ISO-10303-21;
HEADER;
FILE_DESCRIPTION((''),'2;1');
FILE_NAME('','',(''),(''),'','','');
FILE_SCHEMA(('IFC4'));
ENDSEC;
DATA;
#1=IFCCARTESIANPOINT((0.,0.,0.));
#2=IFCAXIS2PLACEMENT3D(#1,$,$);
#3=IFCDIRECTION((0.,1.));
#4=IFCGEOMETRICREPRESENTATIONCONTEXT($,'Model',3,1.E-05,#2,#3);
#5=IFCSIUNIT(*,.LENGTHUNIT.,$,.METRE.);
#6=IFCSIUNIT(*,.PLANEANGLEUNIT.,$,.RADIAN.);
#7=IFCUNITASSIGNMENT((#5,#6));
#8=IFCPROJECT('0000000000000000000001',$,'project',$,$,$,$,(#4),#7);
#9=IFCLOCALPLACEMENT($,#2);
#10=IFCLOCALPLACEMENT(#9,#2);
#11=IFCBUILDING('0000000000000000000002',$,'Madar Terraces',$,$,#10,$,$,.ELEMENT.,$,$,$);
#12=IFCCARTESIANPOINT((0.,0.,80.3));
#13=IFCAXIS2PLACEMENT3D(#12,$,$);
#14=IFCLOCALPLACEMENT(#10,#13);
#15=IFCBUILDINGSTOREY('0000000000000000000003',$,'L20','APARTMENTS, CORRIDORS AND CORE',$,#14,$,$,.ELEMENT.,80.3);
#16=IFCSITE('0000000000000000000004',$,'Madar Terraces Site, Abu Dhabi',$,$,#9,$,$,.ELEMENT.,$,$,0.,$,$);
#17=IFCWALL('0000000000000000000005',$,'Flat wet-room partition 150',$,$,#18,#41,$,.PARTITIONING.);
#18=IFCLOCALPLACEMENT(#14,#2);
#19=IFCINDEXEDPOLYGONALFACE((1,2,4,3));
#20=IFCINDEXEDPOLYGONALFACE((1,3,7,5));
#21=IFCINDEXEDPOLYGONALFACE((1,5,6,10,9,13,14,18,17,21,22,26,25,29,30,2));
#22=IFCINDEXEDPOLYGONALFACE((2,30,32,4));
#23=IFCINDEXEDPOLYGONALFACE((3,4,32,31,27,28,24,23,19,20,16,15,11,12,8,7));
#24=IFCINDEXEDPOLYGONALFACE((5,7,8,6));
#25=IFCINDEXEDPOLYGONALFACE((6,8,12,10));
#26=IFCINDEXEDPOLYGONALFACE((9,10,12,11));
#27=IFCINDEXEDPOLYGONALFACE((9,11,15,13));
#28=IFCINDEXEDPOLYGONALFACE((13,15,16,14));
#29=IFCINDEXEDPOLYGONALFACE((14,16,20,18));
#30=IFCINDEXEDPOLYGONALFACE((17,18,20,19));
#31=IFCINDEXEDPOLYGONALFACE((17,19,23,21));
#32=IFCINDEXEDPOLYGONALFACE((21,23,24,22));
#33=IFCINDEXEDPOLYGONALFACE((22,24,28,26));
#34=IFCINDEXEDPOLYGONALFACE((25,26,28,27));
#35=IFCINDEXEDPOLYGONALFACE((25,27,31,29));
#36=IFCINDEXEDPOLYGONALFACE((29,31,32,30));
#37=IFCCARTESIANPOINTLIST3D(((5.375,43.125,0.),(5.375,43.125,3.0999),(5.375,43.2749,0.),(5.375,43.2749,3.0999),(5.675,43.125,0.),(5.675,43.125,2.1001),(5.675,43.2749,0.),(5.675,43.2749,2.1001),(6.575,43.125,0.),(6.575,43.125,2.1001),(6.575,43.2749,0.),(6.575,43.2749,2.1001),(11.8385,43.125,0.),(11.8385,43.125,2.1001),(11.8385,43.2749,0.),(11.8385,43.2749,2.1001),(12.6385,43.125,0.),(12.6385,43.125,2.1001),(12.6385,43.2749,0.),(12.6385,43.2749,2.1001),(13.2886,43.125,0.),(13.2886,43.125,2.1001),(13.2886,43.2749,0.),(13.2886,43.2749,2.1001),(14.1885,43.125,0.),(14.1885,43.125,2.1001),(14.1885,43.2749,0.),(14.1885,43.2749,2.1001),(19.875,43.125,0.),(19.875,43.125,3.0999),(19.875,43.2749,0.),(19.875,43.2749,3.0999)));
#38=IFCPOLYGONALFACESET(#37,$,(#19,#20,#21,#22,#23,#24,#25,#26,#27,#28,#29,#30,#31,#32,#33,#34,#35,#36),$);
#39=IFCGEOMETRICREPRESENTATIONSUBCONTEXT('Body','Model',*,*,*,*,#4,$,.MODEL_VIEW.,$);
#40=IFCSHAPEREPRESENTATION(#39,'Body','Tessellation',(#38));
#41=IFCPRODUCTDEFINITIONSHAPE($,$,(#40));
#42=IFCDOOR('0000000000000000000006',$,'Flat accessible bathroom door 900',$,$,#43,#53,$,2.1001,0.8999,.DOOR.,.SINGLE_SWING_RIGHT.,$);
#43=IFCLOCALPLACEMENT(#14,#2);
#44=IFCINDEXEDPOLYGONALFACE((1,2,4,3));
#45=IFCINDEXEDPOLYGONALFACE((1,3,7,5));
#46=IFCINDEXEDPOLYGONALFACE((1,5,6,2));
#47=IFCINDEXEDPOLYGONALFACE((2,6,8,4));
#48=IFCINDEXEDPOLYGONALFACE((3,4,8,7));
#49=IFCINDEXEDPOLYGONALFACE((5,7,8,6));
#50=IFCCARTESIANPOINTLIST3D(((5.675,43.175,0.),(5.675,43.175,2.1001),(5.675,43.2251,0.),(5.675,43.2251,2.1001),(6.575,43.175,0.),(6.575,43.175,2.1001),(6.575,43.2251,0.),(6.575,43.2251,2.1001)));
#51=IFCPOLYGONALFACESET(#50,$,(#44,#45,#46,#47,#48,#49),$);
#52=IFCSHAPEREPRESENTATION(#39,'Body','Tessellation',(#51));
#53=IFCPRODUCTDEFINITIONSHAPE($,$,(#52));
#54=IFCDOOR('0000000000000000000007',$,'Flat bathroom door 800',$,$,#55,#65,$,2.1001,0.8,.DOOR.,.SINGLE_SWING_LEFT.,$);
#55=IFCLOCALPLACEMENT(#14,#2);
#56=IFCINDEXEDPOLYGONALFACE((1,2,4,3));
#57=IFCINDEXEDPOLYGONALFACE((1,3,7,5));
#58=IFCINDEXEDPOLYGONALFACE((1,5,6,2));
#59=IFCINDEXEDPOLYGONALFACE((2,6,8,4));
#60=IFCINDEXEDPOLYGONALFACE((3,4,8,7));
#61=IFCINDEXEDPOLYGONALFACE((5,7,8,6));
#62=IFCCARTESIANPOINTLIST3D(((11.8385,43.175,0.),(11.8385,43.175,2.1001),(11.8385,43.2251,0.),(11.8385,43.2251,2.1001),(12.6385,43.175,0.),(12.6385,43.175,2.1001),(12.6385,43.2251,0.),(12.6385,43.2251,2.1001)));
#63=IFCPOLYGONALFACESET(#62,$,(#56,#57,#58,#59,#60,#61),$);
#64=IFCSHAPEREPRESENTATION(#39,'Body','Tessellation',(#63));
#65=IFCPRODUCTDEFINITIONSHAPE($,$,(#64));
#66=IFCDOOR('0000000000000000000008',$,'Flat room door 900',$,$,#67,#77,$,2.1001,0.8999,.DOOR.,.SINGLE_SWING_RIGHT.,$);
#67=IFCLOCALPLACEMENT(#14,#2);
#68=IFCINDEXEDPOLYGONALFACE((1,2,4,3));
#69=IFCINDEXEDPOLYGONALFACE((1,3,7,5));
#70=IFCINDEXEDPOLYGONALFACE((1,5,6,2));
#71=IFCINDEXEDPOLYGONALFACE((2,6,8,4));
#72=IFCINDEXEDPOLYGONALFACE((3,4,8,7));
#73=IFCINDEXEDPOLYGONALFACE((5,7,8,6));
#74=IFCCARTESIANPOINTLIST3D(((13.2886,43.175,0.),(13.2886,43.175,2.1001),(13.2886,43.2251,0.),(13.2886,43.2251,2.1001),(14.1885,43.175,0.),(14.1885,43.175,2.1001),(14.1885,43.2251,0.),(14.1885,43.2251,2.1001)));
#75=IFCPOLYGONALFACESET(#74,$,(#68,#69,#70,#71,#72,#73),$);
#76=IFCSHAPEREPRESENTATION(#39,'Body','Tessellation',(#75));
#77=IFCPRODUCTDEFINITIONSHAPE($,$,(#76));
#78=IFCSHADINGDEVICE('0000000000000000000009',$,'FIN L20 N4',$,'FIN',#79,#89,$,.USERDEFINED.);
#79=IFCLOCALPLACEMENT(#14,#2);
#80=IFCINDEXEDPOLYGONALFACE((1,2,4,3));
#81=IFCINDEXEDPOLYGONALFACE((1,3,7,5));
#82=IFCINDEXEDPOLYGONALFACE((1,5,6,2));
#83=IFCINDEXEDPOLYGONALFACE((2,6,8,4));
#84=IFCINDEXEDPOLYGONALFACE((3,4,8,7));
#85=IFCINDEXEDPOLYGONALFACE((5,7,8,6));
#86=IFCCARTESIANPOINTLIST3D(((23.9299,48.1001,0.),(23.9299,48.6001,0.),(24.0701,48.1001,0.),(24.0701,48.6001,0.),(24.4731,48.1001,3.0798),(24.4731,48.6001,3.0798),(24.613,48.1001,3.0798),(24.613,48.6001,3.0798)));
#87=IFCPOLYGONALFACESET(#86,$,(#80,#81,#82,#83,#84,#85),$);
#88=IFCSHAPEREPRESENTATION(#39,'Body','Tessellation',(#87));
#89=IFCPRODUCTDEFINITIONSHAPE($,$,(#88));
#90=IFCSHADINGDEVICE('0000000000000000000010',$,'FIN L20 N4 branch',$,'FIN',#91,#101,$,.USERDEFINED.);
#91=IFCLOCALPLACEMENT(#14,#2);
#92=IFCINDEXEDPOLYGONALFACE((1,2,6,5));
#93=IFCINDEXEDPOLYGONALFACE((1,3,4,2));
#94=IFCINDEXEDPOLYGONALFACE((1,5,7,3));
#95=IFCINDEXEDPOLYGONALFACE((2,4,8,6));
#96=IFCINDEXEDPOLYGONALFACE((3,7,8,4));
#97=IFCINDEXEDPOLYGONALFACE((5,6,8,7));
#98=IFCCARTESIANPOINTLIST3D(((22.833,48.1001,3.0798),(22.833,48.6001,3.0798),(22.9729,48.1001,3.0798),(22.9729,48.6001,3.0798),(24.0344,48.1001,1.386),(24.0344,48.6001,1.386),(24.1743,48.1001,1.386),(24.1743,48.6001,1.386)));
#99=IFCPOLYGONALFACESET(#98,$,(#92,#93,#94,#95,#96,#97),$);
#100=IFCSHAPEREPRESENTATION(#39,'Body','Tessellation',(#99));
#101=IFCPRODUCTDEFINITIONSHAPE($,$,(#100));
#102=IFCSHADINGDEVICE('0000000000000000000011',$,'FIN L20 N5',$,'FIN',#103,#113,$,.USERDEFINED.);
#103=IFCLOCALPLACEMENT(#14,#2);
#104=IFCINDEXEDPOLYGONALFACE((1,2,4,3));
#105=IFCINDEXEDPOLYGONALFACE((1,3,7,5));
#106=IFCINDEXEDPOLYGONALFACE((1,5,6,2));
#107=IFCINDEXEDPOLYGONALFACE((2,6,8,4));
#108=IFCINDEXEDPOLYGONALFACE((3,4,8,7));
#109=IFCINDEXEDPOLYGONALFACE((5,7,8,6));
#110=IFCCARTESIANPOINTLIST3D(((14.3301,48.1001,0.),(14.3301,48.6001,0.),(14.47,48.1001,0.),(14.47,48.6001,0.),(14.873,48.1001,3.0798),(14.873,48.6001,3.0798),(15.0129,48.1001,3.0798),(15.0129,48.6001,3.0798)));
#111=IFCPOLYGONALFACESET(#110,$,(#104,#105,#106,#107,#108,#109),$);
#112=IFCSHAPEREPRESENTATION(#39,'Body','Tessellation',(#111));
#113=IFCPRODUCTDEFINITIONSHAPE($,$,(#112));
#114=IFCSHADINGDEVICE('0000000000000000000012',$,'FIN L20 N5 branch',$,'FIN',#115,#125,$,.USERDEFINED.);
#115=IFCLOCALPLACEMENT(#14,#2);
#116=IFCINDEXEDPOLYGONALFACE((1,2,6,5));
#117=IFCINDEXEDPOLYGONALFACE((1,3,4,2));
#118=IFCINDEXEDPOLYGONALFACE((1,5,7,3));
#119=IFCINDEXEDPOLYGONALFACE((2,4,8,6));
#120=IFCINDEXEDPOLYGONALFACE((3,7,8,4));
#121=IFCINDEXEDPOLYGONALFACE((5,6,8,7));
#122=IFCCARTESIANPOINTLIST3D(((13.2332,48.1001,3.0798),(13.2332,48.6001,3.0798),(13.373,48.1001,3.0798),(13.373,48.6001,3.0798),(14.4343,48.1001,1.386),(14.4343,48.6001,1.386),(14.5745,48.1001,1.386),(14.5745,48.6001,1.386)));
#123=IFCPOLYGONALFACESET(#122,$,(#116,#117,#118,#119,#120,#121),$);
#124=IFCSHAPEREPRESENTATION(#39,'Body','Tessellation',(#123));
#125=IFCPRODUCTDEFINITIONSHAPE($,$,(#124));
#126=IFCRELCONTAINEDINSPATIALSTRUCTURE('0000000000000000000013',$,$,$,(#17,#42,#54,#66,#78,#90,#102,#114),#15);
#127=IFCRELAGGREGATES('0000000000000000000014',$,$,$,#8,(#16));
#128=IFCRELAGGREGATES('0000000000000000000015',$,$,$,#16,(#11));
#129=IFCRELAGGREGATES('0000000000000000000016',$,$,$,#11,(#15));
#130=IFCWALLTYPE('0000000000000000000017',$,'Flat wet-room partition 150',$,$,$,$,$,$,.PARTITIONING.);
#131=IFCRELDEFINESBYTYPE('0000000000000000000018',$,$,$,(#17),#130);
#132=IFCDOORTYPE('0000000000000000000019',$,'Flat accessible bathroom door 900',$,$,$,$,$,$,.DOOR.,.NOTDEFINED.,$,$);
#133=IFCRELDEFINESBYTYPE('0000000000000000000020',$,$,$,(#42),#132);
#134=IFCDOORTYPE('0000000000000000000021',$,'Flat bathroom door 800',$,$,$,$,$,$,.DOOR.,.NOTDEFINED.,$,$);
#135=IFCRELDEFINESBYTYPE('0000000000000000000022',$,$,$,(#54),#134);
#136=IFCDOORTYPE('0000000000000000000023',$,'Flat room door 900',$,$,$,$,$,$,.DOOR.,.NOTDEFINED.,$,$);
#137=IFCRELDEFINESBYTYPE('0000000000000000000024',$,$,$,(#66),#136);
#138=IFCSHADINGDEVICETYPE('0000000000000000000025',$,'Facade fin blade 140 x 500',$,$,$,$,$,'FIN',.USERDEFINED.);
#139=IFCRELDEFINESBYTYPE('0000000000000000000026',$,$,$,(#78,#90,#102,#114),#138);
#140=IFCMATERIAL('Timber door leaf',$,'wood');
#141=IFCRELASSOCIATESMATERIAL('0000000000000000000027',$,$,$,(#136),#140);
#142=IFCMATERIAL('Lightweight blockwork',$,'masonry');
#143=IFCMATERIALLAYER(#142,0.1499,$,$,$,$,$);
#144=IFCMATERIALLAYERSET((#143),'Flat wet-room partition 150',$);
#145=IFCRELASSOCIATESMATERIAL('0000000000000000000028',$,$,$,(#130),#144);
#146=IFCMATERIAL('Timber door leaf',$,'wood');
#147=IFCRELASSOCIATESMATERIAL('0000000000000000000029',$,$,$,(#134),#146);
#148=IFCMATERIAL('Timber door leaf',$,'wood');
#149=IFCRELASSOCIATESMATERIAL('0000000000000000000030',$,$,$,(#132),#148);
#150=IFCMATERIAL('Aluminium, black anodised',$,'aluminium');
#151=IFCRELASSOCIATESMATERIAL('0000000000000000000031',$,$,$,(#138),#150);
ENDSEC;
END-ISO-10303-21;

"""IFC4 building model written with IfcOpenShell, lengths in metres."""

from ifc_helpers import new_model, si_unit, direction, frame, frame_2d, origin, place, context, subcontext, project, spatial, polyline, rectangle, outline, extrude, material, layer, layer_set, type_object, element, fill, save


model = new_model("IFC4")

# Units and contexts
model_context = context("Model", 3, precision=1e-05, world=origin(), true_north=direction((0.0, 1.0)))
body_context = subcontext(model_context, "Body", "Model", "MODEL_VIEW")
ifc_project = project(units=[si_unit("LENGTHUNIT", "METRE"), si_unit("PLANEANGLEUNIT", "RADIAN")], contexts=[model_context])

# Site, building, storey
site_placement = place(None, origin())
site = spatial("IfcSite", under=ifc_project, at=site_placement, Name="Madar Terraces Site, Abu Dhabi", CompositionType="ELEMENT", RefElevation=0.0)
building_placement = place(site_placement, origin())
building = spatial("IfcBuilding", under=site, at=building_placement, Name="Madar Terraces", CompositionType="ELEMENT")
storey_placement = place(building_placement, frame((0.0, 0.0, 80.3)))
storey = spatial("IfcBuildingStorey", under=building, at=storey_placement, Name="L20", Description="APARTMENTS, CORRIDORS AND CORE", CompositionType="ELEMENT", Elevation=80.3)

# Shared definitions
ifc_material_1 = material(Name="Timber door leaf", Category="wood")
door_type_1 = type_object("IfcDoorType", Name="Flat room door 900", OperationType="NOTDEFINED", PredefinedType="DOOR", material=ifc_material_1)

# Wall, openings, doors
ifc_material_2 = material(Name="Lightweight blockwork", Category="masonry")
ifc_layer_1 = layer(ifc_material_2, 0.1499)
ifc_layer_set_1 = layer_set([ifc_layer_1], Name="Flat wet-room partition 150")
wall_type_1 = type_object("IfcWallType", Name="Flat wet-room partition 150", PredefinedType="PARTITIONING", material=ifc_layer_set_1)
ifc_material_3 = material(Name="Timber door leaf", Category="wood")
door_type_2 = type_object("IfcDoorType", Name="Flat bathroom door 800", OperationType="NOTDEFINED", PredefinedType="DOOR", material=ifc_material_3)
wall_1_placement = place(storey_placement, frame((19.875, 43.2, 0.0), z_axis=(0.0, 0.0, 1.0), x_axis=(-1.0, 0.0, 0.0)))
wall_1 = element("IfcWall", 1, at=wall_1_placement, inside=storey, type_object=wall_type_1, Name="Flat wet-room partition 150", PredefinedType="PARTITIONING", context=body_context, shape_type="SweptSolid", body=[
    extrude(rectangle(XDim=14.5, YDim=0.1499, at=frame_2d((7.25, 0.0))), origin(), (0.0, 0.0, 1.0), 3.0999),
])
opening_1_placement = place(wall_1_placement, frame((5.6865, 0.0, 0.0)))
opening_1 = element("IfcOpeningElement", 2, at=opening_1_placement, cuts=wall_1, PredefinedType="OPENING", context=body_context, shape_type="SweptSolid", body=[
    extrude(rectangle(XDim=0.8999, YDim=2.1001, at=frame_2d((0.45, 1.05))), frame((0.0, 0.085, 0.0), z_axis=(0.0, -1.0, 0.0), x_axis=(1.0, 0.0, 0.0)), (0.0, 0.0, 1.0), 0.1699),
])
opening_2_placement = place(wall_1_placement, frame((7.2366, 0.0, 0.0)))
opening_2 = element("IfcOpeningElement", 3, at=opening_2_placement, cuts=wall_1, PredefinedType="OPENING", context=body_context, shape_type="SweptSolid", body=[
    extrude(rectangle(XDim=0.8, YDim=2.1001, at=frame_2d((0.3999, 1.05))), frame((0.0, 0.085, 0.0), z_axis=(0.0, -1.0, 0.0), x_axis=(1.0, 0.0, 0.0)), (0.0, 0.0, 1.0), 0.1699),
])
opening_3_placement = place(wall_1_placement, frame((13.3, 0.0, 0.0)))
opening_3 = element("IfcOpeningElement", 4, at=opening_3_placement, cuts=wall_1, PredefinedType="OPENING", context=body_context, shape_type="SweptSolid", body=[
    extrude(rectangle(XDim=0.8999, YDim=2.1001, at=frame_2d((0.45, 1.05))), frame((0.0, 0.085, 0.0), z_axis=(0.0, -1.0, 0.0), x_axis=(1.0, 0.0, 0.0)), (0.0, 0.0, 1.0), 0.1699),
])
ifc_material_4 = material(Name="Timber door leaf", Category="wood")
door_type_3 = type_object("IfcDoorType", Name="Flat accessible bathroom door 900", OperationType="NOTDEFINED", PredefinedType="DOOR", material=ifc_material_4)
door_1_placement = place(opening_3_placement, origin())
door_1 = element("IfcDoor", 5, at=door_1_placement, inside=storey, type_object=door_type_3, Name="Flat accessible bathroom door 900", OperationType="SINGLE_SWING_RIGHT", OverallHeight=2.1001, OverallWidth=0.8999, PredefinedType="DOOR", context=body_context, shape_type="SweptSolid", body=[
    extrude(rectangle(XDim=0.8999, YDim=2.1001, at=frame_2d((0.45, 1.05))), frame((0.0, 0.0249, 0.0), z_axis=(0.0, -1.0, 0.0), x_axis=(1.0, 0.0, 0.0)), (0.0, 0.0, 1.0), 0.05),
])
fill(opening_3, door_1)
door_2_placement = place(opening_2_placement, origin())
door_2 = element("IfcDoor", 6, at=door_2_placement, inside=storey, type_object=door_type_2, Name="Flat bathroom door 800", OperationType="SINGLE_SWING_LEFT", OverallHeight=2.1001, OverallWidth=0.8, PredefinedType="DOOR", context=body_context, shape_type="SweptSolid", body=[
    extrude(rectangle(XDim=0.8, YDim=2.1001, at=frame_2d((0.3999, 1.05))), frame((0.0, 0.0249, 0.0), z_axis=(0.0, -1.0, 0.0), x_axis=(1.0, 0.0, 0.0)), (0.0, 0.0, 1.0), 0.05),
])
fill(opening_2, door_2)
door_3_placement = place(opening_1_placement, origin())
door_3 = element("IfcDoor", 7, at=door_3_placement, inside=storey, type_object=door_type_1, Name="Flat room door 900", OperationType="SINGLE_SWING_RIGHT", OverallHeight=2.1001, OverallWidth=0.8999, PredefinedType="DOOR", context=body_context, shape_type="SweptSolid", body=[
    extrude(rectangle(XDim=0.8999, YDim=2.1001, at=frame_2d((0.45, 1.05))), frame((0.0, 0.0249, 0.0), z_axis=(0.0, -1.0, 0.0), x_axis=(1.0, 0.0, 0.0)), (0.0, 0.0, 1.0), 0.05),
])
fill(opening_1, door_3)

# Shading devices
ifc_material_5 = material(Name="Aluminium, black anodised", Category="aluminium")
shading_device_type = type_object("IfcShadingDeviceType", Name="Facade fin blade 140 x 500", ElementType="FIN", PredefinedType="USERDEFINED", material=ifc_material_5)
shading_device_1_placement = place(storey_placement, frame((24.0701, 48.3501, 0.0), z_axis=(0.0, 0.0, 1.0), x_axis=(-1.0, 0.0, 0.0)))
element("IfcShadingDevice", 8, at=shading_device_1_placement, inside=storey, type_object=shading_device_type, Name="FIN L20 N4", ObjectType="FIN", PredefinedType="USERDEFINED", context=body_context, shape_type="SweptSolid", body=[
    extrude(outline(polyline([(0.0, 0.0), (0.1401, 0.0), (-0.4031, 3.0798), (-0.543, 3.0798), (0.0, 0.0)])), frame((0.0, 0.25, 0.0), z_axis=(0.0, -1.0, 0.0), x_axis=(1.0, 0.0, 0.0)), (0.0, 0.0, 1.0), 0.5),
])
shading_device_2_placement = place(storey_placement, frame((24.1743, 48.3501, 1.386), z_axis=(0.0, 0.0, 1.0), x_axis=(-1.0, 0.0, 0.0)))
element("IfcShadingDevice", 9, at=shading_device_2_placement, inside=storey, type_object=shading_device_type, Name="FIN L20 N4 branch", ObjectType="FIN", PredefinedType="USERDEFINED", context=body_context, shape_type="SweptSolid", body=[
    extrude(outline(polyline([(0.0, 0.0), (0.1399, 0.0), (1.3413, 1.6938), (1.2014, 1.6938), (0.0, 0.0)])), frame((0.0, 0.25, 0.0), z_axis=(0.0, -1.0, 0.0), x_axis=(1.0, 0.0, 0.0)), (0.0, 0.0, 1.0), 0.5),
])
shading_device_3_placement = place(storey_placement, frame((14.47, 48.3501, 0.0), z_axis=(0.0, 0.0, 1.0), x_axis=(-1.0, 0.0, 0.0)))
element("IfcShadingDevice", 10, at=shading_device_3_placement, inside=storey, type_object=shading_device_type, Name="FIN L20 N5", ObjectType="FIN", PredefinedType="USERDEFINED", context=body_context, shape_type="SweptSolid", body=[
    extrude(outline(polyline([(0.0, 0.0), (0.1399, 0.0), (-0.4031, 3.0798), (-0.543, 3.0798), (0.0, 0.0)])), frame((0.0, 0.25, 0.0), z_axis=(0.0, -1.0, 0.0), x_axis=(1.0, 0.0, 0.0)), (0.0, 0.0, 1.0), 0.5),
])
shading_device_4_placement = place(storey_placement, frame((14.5745, 48.3501, 1.386), z_axis=(0.0, 0.0, 1.0), x_axis=(-1.0, 0.0, 0.0)))
element("IfcShadingDevice", 11, at=shading_device_4_placement, inside=storey, type_object=shading_device_type, Name="FIN L20 N5 branch", ObjectType="FIN", PredefinedType="USERDEFINED", context=body_context, shape_type="SweptSolid", body=[
    extrude(outline(polyline([(0.0, 0.0), (0.1401, 0.0), (1.3413, 1.6938), (1.2014, 1.6938), (0.0, 0.0)])), frame((0.0, 0.25, 0.0), z_axis=(0.0, -1.0, 0.0), x_axis=(1.0, 0.0, 0.0)), (0.0, 0.0, 1.0), 0.5),
])

save(model, "model.ifc")
